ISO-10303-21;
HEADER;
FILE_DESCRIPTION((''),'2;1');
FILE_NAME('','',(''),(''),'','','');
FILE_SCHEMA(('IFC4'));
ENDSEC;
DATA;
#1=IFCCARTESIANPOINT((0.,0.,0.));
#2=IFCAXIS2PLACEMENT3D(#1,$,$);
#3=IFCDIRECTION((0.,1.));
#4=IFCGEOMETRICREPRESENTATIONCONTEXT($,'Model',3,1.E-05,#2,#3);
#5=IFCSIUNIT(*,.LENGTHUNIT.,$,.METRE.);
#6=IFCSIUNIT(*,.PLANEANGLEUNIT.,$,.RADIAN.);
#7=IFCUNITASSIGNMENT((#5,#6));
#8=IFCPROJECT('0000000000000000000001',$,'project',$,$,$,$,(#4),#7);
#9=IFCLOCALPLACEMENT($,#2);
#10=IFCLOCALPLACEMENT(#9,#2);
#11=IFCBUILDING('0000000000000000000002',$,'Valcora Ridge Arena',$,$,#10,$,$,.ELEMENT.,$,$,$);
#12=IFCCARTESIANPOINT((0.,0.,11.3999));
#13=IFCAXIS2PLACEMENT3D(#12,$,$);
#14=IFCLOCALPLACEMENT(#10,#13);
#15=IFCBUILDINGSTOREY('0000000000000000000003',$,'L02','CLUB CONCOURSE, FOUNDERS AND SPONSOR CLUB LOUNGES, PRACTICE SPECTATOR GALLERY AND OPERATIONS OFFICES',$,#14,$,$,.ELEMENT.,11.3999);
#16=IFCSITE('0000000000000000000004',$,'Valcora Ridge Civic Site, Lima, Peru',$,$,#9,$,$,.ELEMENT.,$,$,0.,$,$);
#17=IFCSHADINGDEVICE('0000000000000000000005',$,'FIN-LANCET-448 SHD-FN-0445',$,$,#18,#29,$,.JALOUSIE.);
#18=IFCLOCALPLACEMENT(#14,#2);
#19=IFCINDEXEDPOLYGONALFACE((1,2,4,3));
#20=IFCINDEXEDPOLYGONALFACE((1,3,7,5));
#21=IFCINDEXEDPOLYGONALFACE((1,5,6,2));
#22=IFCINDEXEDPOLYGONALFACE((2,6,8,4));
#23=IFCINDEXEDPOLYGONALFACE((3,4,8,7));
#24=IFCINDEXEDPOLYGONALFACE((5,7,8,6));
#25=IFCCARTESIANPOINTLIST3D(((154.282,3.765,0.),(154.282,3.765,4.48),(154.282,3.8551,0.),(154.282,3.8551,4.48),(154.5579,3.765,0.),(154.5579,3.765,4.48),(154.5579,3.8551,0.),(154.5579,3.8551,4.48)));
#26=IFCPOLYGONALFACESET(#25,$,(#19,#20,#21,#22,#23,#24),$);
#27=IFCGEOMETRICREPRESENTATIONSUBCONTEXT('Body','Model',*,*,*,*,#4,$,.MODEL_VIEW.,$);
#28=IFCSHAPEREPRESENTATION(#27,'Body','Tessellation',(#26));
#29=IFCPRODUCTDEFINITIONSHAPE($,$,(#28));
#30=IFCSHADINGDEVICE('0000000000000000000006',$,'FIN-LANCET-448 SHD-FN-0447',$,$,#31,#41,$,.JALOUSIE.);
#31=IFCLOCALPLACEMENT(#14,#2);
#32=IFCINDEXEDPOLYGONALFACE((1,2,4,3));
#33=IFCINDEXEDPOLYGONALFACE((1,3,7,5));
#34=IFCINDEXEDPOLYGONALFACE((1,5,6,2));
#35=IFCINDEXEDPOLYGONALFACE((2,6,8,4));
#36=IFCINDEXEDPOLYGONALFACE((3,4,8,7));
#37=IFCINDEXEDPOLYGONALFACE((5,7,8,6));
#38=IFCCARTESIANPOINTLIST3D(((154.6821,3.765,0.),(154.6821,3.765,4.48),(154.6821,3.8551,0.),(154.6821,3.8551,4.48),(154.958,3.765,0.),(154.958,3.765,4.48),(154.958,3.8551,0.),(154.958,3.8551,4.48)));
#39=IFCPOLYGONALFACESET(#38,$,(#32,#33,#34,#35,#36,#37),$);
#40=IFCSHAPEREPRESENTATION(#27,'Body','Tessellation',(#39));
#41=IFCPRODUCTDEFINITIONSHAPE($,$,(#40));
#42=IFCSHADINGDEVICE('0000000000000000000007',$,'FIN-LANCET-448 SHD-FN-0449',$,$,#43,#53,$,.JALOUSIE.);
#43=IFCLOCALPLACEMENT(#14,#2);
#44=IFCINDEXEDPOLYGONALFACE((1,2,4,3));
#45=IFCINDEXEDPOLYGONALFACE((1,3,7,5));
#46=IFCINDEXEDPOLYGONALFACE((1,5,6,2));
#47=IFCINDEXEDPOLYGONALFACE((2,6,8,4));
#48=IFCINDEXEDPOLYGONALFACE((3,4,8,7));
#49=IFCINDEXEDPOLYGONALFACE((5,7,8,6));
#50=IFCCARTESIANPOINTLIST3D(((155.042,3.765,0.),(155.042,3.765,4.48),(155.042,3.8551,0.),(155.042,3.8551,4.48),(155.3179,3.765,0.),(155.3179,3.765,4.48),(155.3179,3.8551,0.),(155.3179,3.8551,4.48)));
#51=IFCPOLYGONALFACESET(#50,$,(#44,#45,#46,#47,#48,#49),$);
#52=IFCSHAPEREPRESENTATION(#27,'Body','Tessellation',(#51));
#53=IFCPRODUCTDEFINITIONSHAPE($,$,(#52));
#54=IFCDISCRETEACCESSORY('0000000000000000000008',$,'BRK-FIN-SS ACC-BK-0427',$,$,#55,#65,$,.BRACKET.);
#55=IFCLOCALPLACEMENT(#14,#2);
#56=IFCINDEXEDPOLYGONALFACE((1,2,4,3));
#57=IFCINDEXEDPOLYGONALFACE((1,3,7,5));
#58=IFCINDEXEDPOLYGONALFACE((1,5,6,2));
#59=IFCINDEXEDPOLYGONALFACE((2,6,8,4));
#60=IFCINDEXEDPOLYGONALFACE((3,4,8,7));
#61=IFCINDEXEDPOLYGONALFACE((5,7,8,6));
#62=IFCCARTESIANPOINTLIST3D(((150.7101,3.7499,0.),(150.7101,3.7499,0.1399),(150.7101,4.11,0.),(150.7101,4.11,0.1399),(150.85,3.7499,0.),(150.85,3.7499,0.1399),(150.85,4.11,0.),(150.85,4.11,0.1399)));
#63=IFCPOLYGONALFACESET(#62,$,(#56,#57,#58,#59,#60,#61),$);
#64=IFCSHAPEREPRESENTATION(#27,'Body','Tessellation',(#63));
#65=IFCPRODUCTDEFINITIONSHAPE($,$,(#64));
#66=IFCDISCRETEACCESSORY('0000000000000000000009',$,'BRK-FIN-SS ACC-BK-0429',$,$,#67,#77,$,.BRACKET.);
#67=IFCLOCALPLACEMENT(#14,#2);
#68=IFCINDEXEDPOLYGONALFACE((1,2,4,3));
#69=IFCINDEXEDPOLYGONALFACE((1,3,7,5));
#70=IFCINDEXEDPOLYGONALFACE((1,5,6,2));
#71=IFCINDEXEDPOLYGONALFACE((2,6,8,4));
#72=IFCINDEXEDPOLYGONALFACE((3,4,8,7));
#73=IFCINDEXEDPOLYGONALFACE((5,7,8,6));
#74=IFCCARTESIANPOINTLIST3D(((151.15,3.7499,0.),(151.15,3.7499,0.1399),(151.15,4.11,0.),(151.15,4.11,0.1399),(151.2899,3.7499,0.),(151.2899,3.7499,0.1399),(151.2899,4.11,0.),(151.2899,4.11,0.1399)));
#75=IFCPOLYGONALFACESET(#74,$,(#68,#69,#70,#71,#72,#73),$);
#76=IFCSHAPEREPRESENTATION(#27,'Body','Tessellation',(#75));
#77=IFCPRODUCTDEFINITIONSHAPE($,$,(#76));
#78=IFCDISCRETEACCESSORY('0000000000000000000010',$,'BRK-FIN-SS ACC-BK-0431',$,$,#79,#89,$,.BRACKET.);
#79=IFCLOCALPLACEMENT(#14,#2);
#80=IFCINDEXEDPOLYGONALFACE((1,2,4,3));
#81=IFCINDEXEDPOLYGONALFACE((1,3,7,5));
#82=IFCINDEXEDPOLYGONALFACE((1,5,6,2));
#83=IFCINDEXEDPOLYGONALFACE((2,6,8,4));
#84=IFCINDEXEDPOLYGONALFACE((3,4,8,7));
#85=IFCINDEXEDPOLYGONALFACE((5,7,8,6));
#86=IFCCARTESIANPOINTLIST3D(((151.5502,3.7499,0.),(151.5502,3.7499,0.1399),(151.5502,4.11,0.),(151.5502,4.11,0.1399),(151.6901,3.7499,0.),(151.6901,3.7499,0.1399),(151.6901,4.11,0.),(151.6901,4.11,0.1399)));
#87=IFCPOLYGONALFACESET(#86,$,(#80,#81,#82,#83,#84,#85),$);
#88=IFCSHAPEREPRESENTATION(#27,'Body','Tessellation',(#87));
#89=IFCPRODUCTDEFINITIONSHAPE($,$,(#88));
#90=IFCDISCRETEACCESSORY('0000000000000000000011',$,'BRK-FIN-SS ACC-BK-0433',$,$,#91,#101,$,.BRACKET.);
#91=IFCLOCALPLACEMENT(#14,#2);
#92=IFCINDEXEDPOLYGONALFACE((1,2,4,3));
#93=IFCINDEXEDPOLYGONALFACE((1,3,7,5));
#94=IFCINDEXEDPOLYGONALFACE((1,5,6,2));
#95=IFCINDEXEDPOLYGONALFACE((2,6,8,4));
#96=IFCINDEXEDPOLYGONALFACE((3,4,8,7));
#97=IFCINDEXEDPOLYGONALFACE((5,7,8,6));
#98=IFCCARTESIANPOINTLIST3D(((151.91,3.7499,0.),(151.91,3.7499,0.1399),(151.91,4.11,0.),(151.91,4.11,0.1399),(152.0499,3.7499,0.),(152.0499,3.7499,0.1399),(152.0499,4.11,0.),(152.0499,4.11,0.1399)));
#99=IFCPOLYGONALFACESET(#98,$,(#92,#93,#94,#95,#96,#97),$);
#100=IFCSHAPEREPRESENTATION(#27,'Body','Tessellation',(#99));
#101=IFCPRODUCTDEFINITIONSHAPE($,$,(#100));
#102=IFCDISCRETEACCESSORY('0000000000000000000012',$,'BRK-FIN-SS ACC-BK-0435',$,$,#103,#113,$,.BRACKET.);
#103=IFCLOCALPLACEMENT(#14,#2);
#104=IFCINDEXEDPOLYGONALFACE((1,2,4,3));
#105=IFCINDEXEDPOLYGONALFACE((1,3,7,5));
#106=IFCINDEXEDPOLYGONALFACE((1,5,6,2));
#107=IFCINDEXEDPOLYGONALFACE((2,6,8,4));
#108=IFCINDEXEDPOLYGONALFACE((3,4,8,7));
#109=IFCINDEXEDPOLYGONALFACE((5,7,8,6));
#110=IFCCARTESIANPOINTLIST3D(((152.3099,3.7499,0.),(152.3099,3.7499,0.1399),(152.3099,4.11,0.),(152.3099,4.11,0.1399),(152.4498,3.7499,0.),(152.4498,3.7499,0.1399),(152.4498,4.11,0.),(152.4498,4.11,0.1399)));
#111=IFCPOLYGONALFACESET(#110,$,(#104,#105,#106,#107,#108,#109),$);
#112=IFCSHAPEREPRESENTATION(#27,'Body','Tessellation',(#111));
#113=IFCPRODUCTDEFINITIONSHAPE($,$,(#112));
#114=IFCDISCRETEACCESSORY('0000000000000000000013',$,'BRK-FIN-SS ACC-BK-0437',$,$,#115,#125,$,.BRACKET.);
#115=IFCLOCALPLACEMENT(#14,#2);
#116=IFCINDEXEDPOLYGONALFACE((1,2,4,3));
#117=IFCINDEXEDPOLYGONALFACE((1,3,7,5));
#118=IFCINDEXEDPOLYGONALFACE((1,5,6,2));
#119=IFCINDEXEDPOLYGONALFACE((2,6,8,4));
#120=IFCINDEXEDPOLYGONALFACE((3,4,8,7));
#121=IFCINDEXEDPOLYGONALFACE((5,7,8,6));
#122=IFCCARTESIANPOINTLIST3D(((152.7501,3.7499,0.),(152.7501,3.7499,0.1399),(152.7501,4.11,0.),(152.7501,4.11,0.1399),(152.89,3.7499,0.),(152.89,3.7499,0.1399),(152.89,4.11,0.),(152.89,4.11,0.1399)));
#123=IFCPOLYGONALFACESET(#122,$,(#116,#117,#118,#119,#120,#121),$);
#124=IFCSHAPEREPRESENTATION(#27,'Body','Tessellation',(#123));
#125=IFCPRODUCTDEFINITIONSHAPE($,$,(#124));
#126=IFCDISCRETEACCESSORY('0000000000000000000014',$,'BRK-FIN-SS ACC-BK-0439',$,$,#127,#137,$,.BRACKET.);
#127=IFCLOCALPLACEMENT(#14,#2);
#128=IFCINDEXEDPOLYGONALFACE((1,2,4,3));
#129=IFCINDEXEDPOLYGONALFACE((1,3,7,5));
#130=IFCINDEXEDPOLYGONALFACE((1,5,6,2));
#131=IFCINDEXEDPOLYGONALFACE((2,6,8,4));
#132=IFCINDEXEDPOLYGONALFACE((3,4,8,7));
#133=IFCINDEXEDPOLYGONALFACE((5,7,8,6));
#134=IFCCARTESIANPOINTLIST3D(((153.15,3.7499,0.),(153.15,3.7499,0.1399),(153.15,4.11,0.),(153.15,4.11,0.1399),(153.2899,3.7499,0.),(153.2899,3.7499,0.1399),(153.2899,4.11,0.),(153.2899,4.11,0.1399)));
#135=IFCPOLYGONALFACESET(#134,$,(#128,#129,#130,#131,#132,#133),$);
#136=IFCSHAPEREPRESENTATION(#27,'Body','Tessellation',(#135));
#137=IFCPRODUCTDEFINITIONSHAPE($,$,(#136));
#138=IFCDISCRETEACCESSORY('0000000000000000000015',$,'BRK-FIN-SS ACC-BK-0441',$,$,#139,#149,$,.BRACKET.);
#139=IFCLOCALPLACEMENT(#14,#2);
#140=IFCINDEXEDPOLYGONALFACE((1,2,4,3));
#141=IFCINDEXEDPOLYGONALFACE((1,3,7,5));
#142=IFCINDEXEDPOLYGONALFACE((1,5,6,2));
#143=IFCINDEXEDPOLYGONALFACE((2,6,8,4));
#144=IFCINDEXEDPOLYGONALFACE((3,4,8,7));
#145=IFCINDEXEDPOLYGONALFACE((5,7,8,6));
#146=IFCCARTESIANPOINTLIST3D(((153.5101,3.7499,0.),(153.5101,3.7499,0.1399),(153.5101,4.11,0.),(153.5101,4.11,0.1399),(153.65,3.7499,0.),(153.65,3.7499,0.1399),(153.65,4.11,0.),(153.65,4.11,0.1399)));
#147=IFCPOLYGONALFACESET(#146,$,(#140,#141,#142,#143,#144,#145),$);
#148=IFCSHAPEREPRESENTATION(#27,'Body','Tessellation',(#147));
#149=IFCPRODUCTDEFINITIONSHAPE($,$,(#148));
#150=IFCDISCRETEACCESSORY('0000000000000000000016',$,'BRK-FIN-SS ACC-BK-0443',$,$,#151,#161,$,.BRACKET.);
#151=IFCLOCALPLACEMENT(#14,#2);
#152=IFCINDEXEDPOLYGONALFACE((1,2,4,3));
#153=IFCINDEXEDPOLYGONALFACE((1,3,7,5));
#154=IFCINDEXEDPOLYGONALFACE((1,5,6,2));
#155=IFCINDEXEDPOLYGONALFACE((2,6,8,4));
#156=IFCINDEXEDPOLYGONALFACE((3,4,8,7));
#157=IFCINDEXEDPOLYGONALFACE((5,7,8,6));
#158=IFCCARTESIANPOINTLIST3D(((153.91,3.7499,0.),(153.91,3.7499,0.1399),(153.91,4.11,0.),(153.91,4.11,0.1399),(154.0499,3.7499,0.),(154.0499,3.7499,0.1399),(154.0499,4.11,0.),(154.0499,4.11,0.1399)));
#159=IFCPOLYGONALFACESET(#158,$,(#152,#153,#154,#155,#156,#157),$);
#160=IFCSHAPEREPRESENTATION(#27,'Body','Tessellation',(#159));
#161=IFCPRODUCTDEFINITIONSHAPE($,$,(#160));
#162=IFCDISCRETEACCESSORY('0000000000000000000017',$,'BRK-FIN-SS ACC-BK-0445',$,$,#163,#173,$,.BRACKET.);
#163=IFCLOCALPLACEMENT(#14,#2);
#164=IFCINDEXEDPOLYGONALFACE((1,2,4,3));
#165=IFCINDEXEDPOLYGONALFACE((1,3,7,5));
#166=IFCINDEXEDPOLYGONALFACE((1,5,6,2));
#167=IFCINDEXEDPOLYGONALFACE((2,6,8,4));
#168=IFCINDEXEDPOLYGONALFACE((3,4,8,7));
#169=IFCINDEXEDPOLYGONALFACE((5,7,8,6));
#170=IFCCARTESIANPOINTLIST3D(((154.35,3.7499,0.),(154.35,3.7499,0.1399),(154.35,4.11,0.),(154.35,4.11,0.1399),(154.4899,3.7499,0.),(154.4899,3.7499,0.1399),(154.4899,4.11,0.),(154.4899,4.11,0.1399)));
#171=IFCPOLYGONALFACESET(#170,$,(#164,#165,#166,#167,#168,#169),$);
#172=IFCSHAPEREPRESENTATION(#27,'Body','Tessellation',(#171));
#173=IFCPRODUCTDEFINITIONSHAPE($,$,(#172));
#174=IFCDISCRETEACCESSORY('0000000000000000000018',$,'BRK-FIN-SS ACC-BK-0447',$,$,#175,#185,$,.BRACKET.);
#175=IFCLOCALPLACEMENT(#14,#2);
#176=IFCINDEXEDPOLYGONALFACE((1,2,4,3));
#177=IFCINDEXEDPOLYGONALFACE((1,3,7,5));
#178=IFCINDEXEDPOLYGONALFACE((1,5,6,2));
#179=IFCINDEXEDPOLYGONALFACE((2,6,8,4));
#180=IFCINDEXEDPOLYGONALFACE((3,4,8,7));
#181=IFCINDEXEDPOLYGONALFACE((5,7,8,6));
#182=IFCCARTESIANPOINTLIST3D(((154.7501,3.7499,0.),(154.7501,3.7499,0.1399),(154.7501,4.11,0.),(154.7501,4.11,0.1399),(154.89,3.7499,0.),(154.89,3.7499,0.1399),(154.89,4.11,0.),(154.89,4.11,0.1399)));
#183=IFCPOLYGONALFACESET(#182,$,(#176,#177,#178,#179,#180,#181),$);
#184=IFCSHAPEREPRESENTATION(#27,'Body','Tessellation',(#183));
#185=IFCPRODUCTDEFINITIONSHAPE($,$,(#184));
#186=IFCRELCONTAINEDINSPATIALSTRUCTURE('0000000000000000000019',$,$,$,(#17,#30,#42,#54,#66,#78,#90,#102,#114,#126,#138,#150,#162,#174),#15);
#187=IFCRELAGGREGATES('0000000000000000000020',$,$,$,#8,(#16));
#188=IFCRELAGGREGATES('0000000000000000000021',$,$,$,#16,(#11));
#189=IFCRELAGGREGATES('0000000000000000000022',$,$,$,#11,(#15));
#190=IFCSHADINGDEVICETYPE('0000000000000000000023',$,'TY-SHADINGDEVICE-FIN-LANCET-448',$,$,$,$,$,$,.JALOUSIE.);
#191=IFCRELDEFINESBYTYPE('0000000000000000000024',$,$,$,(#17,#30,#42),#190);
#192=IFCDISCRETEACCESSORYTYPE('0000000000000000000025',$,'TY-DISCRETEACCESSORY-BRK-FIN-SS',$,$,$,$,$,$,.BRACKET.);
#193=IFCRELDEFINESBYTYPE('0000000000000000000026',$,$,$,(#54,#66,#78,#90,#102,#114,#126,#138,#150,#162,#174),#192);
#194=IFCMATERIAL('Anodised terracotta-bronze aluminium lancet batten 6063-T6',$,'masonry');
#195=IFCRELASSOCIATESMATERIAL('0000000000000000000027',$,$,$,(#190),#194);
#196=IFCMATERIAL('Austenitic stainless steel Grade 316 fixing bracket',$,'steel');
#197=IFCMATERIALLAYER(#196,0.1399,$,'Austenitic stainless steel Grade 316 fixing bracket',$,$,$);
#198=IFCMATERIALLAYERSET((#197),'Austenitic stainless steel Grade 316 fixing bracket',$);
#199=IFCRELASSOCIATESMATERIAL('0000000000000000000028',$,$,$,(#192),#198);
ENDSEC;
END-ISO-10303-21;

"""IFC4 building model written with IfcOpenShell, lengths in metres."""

from ifc_helpers import new_model, si_unit, direction, frame, origin, origin_2d, place, context, subcontext, project, spatial, rectangle, extrude, material, layer, layer_set, material_profile, profile_set, type_object, element, save


model = new_model("IFC4")

# Units and contexts
model_context = context("Model", 3, precision=1e-05, world=origin(), true_north=direction((0.0, 1.0)))
body_context = subcontext(model_context, "Body", "Model", "MODEL_VIEW")
ifc_project = project(units=[si_unit("LENGTHUNIT", "METRE"), si_unit("PLANEANGLEUNIT", "RADIAN")], contexts=[model_context])

# Site, building, storey
site_placement = place(None, origin())
site = spatial("IfcSite", under=ifc_project, at=site_placement, Name="Valcora Ridge Civic Site, Lima, Peru", CompositionType="ELEMENT", RefElevation=0.0)
building_placement = place(site_placement, origin())
building = spatial("IfcBuilding", under=site, at=building_placement, Name="Valcora Ridge Arena", CompositionType="ELEMENT")
storey_placement = place(building_placement, frame((0.0, 0.0, 11.3999)))
storey = spatial("IfcBuildingStorey", under=building, at=storey_placement, Name="L02", Description="CLUB CONCOURSE, FOUNDERS AND SPONSOR CLUB LOUNGES, PRACTICE SPECTATOR GALLERY AND OPERATIONS OFFICES", CompositionType="ELEMENT", Elevation=11.3999)

# Shared definitions
ifc_material_1 = material(Name="Anodised terracotta-bronze aluminium lancet batten 6063-T6", Category="masonry")

# Shading devices
ifc_material_profile_1 = material_profile(ifc_material_1, rectangle(XDim=0.0901, YDim=0.2759, at=origin_2d()), Name="ALU LANCET BATTEN 90x276")
ifc_profile_set_1 = profile_set([ifc_material_profile_1], Name="Anodised terracotta-bronze aluminium lancet batten 6063-T6")
shading_device_type = type_object("IfcShadingDeviceType", Name="TY-SHADINGDEVICE-FIN-LANCET-448", PredefinedType="JALOUSIE", material=ifc_profile_set_1)
for number, where, z_axis, x_axis, name in (
    (1, (154.4199, 3.8101, 0.0), (0.0, 0.0, 1.0), (0.0, 1.0, 0.0), "FIN-LANCET-448 SHD-FN-0445"),
    (2, (154.8201, 3.8101, 0.0), (0.0, 0.0, 1.0), (0.0, 1.0, 0.0), "FIN-LANCET-448 SHD-FN-0447"),
    (3, (155.1799, 3.8101, 0.0), (0.0, 0.0, 1.0), (0.0, 1.0, 0.0), "FIN-LANCET-448 SHD-FN-0449"),
):
    element("IfcShadingDevice", number, at=place(storey_placement, frame(where, z_axis=z_axis, x_axis=x_axis)), inside=storey, type_object=shading_device_type, Name=name, PredefinedType="JALOUSIE", context=body_context, shape_type="SweptSolid", body=[
        extrude(rectangle(XDim=0.0901, YDim=0.2759, at=origin_2d()), origin(), (0.0, 0.0, 1.0), 4.48),
    ])

# Discrete accessories
ifc_material_2 = material(Name="Austenitic stainless steel Grade 316 fixing bracket", Category="steel")
ifc_layer_1 = layer(ifc_material_2, 0.1399, Name="Austenitic stainless steel Grade 316 fixing bracket")
ifc_layer_set_1 = layer_set([ifc_layer_1], Name="Austenitic stainless steel Grade 316 fixing bracket")
discrete_accessory_type = type_object("IfcDiscreteAccessoryType", Name="TY-DISCRETEACCESSORY-BRK-FIN-SS", PredefinedType="BRACKET", material=ifc_layer_set_1)
for number, where, z_axis, x_axis, name in (
    (4, (150.78, 3.9299, 0.0), (0.0, 0.0, 1.0), (0.0, 1.0, 0.0), "BRK-FIN-SS ACC-BK-0427"),
    (5, (151.22, 3.9299, 0.0), (0.0, 0.0, 1.0), (0.0, 1.0, 0.0), "BRK-FIN-SS ACC-BK-0429"),
    (6, (151.6201, 3.9299, 0.0), (0.0, 0.0, 1.0), (0.0, 1.0, 0.0), "BRK-FIN-SS ACC-BK-0431"),
    (7, (151.98, 3.9299, 0.0), (0.0, 0.0, 1.0), (0.0, 1.0, 0.0), "BRK-FIN-SS ACC-BK-0433"),
    (8, (152.3799, 3.9299, 0.0), (0.0, 0.0, 1.0), (0.0, 1.0, 0.0), "BRK-FIN-SS ACC-BK-0435"),
    (9, (152.8201, 3.9299, 0.0), (0.0, 0.0, 1.0), (0.0, 1.0, 0.0), "BRK-FIN-SS ACC-BK-0437"),
    (10, (153.22, 3.9299, 0.0), (0.0, 0.0, 1.0), (0.0, 1.0, 0.0), "BRK-FIN-SS ACC-BK-0439"),
    (11, (153.5801, 3.9299, 0.0), (0.0, 0.0, 1.0), (0.0, 1.0, 0.0), "BRK-FIN-SS ACC-BK-0441"),
    (12, (153.98, 3.9299, 0.0), (0.0, 0.0, 1.0), (0.0, 1.0, 0.0), "BRK-FIN-SS ACC-BK-0443"),
    (13, (154.4199, 3.9299, 0.0), (0.0, 0.0, 1.0), (0.0, 1.0, 0.0), "BRK-FIN-SS ACC-BK-0445"),
    (14, (154.8201, 3.9299, 0.0), (0.0, 0.0, 1.0), (0.0, 1.0, 0.0), "BRK-FIN-SS ACC-BK-0447"),
):
    element("IfcDiscreteAccessory", number, at=place(storey_placement, frame(where, z_axis=z_axis, x_axis=x_axis)), inside=storey, type_object=discrete_accessory_type, Name=name, PredefinedType="BRACKET", context=body_context, shape_type="SweptSolid", body=[
        extrude(rectangle(XDim=0.3601, YDim=0.1399, at=origin_2d()), origin(), (0.0, 0.0, 1.0), 0.1399),
    ])

save(model, "model.ifc")
